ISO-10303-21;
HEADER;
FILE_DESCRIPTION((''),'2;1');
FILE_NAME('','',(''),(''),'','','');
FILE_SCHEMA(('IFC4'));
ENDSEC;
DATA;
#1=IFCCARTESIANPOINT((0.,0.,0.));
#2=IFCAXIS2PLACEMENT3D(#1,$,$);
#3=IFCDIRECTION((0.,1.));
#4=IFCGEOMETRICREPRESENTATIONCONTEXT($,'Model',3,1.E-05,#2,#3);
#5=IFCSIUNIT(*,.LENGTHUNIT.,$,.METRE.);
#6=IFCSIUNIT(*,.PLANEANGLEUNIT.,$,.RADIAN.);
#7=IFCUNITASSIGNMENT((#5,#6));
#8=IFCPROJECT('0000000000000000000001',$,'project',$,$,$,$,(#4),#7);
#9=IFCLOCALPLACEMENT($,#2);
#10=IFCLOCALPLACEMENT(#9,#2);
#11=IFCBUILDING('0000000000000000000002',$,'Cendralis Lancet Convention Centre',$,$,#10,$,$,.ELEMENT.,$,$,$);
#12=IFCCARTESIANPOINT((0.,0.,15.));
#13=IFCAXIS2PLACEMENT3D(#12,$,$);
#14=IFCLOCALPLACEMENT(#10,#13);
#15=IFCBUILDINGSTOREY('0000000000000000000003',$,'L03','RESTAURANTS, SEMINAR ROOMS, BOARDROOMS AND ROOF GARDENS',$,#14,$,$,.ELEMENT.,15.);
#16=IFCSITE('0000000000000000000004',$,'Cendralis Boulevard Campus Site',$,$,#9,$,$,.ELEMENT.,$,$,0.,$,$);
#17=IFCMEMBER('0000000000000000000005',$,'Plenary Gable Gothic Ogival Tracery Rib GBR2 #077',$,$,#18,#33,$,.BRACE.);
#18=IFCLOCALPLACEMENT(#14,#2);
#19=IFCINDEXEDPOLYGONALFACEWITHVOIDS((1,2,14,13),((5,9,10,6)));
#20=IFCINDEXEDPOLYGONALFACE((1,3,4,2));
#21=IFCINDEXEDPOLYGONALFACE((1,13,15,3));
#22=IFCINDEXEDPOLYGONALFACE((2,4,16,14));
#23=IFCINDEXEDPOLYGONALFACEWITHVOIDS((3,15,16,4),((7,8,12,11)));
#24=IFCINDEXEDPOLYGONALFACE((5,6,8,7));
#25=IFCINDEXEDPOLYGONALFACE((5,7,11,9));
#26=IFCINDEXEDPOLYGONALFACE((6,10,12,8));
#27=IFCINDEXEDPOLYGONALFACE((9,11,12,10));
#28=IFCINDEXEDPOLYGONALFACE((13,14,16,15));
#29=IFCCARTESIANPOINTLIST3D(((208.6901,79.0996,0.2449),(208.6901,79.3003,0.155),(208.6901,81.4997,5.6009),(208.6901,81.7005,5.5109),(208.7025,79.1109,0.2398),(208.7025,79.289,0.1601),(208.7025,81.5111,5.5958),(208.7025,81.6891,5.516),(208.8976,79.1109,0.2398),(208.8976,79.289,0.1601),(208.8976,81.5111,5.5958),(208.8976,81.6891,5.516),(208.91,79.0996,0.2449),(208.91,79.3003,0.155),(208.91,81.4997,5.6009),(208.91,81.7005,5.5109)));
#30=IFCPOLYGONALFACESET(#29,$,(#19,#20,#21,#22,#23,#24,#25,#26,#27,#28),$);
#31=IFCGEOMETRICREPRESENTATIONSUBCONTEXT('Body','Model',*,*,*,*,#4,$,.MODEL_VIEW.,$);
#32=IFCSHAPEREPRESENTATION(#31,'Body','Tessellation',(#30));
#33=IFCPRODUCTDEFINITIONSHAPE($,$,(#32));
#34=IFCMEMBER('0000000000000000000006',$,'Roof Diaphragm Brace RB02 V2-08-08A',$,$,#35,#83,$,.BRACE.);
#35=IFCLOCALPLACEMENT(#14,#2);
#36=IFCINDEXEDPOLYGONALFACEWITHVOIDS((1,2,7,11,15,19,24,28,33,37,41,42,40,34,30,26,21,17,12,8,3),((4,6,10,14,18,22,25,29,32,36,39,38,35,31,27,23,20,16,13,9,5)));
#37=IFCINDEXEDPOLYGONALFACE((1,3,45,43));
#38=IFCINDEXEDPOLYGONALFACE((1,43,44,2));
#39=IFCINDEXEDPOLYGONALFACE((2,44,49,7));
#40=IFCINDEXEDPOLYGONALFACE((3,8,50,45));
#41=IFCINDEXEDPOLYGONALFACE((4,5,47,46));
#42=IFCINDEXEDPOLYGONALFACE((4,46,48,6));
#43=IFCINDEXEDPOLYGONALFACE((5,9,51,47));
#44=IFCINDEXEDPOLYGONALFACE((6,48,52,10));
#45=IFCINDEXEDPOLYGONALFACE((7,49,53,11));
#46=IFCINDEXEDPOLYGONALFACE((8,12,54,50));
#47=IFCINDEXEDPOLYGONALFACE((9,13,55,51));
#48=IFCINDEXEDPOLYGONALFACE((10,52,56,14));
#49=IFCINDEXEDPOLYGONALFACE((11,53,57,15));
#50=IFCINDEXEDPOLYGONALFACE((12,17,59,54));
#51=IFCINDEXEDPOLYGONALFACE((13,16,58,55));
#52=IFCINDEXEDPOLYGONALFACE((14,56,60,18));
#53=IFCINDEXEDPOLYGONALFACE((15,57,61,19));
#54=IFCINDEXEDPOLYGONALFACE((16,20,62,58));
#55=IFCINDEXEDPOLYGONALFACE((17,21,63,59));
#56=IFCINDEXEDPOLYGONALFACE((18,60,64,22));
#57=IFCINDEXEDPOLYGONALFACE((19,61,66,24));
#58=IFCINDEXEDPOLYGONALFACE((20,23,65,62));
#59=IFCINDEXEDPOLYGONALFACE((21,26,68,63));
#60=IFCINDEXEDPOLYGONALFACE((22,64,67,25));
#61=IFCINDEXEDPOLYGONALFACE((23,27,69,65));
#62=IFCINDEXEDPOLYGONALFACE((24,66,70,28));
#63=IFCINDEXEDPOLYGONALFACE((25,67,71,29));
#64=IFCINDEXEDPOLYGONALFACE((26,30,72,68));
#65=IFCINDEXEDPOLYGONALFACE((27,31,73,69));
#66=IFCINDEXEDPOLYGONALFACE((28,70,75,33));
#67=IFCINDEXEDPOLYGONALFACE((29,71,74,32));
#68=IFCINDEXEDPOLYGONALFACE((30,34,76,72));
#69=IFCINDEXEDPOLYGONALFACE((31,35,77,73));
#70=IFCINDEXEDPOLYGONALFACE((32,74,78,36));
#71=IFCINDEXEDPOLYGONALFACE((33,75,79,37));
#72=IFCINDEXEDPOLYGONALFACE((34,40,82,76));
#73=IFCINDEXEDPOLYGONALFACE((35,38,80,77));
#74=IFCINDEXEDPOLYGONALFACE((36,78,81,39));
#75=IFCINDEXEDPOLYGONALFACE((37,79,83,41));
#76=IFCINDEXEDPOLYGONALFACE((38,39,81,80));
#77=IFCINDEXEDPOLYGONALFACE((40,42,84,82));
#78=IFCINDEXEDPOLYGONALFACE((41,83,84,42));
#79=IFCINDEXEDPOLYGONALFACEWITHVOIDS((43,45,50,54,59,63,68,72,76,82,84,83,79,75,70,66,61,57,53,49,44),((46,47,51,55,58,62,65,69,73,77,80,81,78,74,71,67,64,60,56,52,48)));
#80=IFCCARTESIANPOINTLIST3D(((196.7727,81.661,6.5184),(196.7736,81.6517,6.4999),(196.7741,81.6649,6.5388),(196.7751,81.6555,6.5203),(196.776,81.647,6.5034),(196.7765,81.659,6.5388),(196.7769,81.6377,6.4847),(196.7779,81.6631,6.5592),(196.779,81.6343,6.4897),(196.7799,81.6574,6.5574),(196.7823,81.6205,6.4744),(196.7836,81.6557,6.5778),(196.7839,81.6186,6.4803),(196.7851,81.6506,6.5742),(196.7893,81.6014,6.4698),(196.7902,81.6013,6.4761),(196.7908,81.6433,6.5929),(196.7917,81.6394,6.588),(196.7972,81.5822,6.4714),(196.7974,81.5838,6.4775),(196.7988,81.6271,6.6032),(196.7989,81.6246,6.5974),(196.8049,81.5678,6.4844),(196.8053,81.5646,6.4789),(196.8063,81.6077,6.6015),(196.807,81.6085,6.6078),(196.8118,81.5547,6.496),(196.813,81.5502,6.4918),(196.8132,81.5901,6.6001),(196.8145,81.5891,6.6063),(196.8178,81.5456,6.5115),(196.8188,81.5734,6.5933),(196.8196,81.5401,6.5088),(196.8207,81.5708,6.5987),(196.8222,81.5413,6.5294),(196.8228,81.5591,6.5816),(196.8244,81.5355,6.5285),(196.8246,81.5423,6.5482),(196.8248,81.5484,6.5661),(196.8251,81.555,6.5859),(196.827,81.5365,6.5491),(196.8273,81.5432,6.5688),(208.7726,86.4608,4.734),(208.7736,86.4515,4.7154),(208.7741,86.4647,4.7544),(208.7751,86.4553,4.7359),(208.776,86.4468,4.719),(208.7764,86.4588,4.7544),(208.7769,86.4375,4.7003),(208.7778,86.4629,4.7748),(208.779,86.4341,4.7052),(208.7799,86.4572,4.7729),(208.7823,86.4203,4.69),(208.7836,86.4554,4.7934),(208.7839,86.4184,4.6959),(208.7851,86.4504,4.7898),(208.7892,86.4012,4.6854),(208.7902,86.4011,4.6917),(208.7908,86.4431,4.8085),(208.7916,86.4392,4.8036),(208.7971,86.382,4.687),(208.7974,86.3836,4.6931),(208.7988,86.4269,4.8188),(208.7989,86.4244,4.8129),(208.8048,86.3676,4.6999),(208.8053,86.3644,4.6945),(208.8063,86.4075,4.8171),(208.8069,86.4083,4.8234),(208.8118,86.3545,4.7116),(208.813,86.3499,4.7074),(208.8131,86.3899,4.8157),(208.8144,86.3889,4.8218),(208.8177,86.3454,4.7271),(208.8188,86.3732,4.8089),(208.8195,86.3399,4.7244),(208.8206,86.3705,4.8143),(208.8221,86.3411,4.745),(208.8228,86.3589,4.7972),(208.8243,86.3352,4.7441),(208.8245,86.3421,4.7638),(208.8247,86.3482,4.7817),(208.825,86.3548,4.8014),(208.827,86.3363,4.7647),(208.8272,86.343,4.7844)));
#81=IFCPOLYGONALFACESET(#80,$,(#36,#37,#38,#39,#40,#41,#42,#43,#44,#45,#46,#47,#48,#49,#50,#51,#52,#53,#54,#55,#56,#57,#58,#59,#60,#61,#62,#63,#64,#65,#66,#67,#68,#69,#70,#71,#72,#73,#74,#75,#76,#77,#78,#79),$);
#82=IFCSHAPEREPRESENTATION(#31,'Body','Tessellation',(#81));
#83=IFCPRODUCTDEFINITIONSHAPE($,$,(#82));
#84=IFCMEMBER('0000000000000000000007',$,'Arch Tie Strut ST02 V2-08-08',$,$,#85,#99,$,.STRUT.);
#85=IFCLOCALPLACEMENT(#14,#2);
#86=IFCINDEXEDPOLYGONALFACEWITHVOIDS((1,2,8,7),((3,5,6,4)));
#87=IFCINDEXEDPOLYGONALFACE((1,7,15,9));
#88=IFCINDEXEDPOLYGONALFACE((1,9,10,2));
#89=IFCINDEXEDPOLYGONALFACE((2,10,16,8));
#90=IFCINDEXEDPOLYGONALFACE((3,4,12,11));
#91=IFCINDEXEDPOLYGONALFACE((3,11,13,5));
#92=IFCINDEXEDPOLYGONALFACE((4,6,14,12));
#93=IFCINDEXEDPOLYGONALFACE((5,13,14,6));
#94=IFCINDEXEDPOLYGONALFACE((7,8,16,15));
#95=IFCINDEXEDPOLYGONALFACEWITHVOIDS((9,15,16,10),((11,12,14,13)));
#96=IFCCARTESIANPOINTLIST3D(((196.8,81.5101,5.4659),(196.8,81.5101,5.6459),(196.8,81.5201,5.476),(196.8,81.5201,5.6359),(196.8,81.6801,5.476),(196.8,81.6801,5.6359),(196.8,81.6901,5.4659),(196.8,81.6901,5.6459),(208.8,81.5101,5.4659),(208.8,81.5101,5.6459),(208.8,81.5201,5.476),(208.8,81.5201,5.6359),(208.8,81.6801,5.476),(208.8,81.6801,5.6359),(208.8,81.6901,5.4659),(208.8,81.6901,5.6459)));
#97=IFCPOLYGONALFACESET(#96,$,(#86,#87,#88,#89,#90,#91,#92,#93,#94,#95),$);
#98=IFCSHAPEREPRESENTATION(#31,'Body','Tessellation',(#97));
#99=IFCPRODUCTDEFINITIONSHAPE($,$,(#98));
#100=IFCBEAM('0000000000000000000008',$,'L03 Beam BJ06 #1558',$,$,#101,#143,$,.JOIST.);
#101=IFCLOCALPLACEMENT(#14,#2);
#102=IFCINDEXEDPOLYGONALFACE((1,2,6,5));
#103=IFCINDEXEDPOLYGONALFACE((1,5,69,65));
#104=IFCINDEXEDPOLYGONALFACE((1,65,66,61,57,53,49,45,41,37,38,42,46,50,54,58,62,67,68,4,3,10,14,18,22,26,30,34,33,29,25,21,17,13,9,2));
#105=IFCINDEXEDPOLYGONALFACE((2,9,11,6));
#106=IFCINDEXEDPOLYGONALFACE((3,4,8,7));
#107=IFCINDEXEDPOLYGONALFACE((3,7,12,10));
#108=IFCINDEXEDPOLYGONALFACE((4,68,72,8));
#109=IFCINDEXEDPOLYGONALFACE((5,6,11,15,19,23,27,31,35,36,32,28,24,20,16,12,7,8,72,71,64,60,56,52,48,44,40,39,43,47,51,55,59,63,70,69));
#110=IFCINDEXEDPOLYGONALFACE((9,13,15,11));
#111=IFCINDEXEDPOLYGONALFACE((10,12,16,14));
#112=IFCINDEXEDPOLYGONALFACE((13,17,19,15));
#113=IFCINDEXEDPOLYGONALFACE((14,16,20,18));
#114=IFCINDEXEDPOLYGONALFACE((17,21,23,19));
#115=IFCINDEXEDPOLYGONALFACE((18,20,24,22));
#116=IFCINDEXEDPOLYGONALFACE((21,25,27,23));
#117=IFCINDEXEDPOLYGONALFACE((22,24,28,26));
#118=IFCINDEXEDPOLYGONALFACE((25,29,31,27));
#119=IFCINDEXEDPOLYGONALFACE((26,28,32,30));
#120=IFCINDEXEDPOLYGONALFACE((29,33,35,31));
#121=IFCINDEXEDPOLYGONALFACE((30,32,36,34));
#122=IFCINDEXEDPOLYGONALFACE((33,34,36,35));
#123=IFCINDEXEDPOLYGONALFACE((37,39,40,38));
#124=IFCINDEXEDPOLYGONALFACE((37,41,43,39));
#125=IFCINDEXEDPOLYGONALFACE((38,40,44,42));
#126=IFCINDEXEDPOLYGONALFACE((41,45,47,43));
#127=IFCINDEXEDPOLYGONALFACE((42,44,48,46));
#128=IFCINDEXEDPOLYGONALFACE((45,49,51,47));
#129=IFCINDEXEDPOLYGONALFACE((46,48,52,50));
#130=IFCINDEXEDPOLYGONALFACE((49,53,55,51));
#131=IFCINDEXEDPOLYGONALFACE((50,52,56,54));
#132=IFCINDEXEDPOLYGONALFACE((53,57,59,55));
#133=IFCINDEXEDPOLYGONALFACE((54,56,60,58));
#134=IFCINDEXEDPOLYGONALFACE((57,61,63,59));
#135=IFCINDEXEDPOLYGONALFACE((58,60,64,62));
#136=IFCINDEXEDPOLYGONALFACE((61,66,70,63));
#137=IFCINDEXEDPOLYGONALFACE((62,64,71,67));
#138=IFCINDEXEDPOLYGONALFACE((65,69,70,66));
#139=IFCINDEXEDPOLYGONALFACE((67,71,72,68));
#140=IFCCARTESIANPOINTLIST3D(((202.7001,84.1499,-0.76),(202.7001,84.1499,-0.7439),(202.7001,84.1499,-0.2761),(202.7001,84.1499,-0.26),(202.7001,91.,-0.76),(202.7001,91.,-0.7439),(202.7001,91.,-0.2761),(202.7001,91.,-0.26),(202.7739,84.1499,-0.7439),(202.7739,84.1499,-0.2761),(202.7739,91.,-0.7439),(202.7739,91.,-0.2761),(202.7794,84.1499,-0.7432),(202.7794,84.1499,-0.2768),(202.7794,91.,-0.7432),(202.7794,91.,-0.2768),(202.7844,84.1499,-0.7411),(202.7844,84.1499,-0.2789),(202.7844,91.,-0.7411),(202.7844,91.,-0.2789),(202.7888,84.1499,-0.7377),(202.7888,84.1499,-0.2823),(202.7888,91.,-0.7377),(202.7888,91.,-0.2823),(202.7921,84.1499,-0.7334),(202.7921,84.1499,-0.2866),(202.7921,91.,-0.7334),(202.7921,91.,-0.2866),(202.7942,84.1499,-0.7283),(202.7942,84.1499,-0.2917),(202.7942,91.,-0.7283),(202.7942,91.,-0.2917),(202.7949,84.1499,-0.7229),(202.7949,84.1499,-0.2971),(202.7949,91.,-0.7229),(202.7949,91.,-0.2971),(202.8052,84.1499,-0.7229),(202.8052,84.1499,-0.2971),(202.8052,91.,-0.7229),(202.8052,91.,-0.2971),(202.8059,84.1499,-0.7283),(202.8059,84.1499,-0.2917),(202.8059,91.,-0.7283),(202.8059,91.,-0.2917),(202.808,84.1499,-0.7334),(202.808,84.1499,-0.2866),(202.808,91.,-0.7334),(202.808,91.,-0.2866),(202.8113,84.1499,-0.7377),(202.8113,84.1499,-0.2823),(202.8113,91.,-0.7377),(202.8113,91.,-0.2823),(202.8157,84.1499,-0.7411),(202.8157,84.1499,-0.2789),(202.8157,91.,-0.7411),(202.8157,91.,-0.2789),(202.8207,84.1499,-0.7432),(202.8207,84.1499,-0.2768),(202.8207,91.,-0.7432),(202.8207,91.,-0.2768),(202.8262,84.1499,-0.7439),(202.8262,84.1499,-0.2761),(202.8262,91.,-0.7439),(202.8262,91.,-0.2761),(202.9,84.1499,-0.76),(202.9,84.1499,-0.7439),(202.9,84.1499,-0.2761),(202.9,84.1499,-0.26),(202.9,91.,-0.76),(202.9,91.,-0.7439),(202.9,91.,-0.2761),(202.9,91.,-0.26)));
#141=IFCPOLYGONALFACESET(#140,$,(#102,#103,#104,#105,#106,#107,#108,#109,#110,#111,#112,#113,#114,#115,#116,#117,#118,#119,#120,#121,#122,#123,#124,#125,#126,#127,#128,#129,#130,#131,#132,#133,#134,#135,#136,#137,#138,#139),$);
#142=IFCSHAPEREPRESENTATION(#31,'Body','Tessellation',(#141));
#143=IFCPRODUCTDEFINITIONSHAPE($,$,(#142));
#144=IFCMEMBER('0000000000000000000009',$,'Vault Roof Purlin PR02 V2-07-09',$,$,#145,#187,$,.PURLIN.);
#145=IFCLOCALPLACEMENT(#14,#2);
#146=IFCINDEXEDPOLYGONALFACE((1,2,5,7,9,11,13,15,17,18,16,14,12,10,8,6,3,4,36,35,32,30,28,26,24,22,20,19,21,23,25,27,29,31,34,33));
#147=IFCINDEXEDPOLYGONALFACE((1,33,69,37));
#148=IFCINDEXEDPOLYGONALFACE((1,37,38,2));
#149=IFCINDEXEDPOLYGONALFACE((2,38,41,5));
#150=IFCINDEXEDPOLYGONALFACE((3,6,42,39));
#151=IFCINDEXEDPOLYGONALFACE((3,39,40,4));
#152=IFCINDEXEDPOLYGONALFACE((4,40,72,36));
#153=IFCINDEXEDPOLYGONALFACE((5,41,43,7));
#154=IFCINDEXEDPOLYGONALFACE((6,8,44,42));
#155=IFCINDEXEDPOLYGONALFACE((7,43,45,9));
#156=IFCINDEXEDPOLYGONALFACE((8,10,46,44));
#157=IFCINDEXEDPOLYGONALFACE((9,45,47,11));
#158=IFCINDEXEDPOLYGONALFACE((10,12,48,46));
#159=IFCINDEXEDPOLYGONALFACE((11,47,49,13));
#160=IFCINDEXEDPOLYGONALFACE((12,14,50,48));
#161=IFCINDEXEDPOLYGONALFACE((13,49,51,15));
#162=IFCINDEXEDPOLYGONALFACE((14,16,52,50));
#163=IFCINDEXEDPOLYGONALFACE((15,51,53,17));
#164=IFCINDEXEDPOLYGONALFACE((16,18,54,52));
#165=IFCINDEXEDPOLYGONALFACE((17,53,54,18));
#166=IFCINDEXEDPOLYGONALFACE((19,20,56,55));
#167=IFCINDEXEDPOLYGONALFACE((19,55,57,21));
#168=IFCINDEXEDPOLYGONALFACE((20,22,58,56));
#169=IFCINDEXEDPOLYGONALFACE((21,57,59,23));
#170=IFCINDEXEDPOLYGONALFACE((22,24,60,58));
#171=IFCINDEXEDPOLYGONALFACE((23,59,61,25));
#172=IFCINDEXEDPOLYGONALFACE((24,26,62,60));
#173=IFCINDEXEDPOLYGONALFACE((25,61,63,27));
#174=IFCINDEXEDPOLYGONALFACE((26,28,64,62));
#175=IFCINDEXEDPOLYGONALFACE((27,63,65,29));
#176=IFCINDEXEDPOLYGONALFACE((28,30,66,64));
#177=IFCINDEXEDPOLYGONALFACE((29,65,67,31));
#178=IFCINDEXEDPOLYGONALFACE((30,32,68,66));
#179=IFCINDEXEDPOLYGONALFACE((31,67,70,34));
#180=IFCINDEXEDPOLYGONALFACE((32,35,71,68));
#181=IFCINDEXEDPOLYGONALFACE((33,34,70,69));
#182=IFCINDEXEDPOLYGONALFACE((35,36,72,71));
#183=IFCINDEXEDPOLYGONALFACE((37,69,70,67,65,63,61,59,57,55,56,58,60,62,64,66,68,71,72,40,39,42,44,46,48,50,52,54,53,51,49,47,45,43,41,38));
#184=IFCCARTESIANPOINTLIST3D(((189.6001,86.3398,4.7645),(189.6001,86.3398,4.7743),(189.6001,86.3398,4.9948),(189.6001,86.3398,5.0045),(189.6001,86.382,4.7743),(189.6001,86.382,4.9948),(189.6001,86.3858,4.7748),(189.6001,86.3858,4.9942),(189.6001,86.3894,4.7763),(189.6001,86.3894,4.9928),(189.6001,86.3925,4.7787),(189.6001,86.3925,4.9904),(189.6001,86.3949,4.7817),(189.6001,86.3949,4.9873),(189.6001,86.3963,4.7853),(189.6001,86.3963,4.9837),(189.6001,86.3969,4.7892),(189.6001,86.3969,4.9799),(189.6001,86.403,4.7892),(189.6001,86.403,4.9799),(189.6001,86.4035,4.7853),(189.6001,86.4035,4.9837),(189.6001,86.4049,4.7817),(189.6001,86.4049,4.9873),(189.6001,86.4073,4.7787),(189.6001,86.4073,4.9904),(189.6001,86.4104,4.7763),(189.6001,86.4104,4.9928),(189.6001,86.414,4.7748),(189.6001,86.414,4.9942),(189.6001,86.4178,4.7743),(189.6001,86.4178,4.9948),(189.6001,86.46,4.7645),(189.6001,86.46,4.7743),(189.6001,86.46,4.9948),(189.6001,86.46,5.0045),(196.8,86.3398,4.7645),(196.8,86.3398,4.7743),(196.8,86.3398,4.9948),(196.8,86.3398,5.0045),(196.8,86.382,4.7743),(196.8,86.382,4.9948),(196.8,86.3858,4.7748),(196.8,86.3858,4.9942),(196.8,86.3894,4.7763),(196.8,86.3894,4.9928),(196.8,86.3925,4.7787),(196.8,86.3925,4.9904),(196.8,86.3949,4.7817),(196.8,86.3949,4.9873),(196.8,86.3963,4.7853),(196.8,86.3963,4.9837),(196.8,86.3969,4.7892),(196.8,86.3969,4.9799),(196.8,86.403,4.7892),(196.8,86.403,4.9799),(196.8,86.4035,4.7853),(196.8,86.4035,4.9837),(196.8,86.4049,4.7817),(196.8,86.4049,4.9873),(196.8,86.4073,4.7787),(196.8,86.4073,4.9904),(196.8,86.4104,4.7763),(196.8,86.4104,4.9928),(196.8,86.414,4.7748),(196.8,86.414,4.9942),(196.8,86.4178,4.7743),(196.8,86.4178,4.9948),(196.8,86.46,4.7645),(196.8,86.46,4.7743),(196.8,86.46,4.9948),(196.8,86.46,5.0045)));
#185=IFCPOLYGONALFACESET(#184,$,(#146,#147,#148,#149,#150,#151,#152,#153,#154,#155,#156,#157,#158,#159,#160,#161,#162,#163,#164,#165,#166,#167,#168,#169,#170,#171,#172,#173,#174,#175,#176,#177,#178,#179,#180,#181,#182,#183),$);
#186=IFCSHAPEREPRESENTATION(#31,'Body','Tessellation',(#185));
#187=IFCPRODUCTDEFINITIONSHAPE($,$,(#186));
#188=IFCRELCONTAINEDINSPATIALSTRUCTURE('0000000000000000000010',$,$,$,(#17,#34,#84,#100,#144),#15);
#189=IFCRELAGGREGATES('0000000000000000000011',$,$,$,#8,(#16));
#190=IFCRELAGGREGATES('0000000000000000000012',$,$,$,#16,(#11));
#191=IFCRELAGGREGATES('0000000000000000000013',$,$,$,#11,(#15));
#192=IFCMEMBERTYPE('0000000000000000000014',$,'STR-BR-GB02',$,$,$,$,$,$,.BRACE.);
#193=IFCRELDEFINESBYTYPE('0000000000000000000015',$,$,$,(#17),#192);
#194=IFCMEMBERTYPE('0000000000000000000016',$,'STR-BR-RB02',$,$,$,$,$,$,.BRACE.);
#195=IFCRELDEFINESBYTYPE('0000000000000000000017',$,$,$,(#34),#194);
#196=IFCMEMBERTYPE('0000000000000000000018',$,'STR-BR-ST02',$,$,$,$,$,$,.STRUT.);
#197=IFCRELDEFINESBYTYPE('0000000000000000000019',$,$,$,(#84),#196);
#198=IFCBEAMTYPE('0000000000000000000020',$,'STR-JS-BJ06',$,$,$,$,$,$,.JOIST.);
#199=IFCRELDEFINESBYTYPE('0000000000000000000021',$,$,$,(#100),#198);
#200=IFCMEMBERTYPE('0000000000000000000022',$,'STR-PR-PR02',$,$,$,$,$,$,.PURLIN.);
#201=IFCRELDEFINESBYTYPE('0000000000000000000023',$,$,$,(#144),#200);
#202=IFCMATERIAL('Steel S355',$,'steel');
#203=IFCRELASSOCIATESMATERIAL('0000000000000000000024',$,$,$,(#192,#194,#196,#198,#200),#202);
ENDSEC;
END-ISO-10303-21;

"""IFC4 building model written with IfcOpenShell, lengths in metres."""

from ifc_helpers import new_model, si_unit, direction, frame, origin, origin_2d, place, context, subcontext, project, spatial, hollow_rectangle, hollow_circle, i_section, extrude, material, material_profile, profile_set, type_object, element, save


model = new_model("IFC4")

# Units and contexts
model_context = context("Model", 3, precision=1e-05, world=origin(), true_north=direction((0.0, 1.0)))
body_context = subcontext(model_context, "Body", "Model", "MODEL_VIEW")
ifc_project = project(units=[si_unit("LENGTHUNIT", "METRE"), si_unit("PLANEANGLEUNIT", "RADIAN")], contexts=[model_context])

# Site, building, storey
site_placement = place(None, origin())
site = spatial("IfcSite", under=ifc_project, at=site_placement, Name="Cendralis Boulevard Campus Site", CompositionType="ELEMENT", RefElevation=0.0)
building_placement = place(site_placement, origin())
building = spatial("IfcBuilding", under=site, at=building_placement, Name="Cendralis Lancet Convention Centre", CompositionType="ELEMENT")
storey_placement = place(building_placement, frame((0.0, 0.0, 15.0)))
storey = spatial("IfcBuildingStorey", under=building, at=storey_placement, Name="L03", Description="RESTAURANTS, SEMINAR ROOMS, BOARDROOMS AND ROOF GARDENS", CompositionType="ELEMENT", Elevation=15.0)

# Shared definitions
ifc_material_1 = material(Name="Steel S355", Category="steel")

# Members
ifc_material_profile_1 = material_profile(ifc_material_1, hollow_rectangle(XDim=0.22, YDim=0.22, WallThickness=0.0125, at=origin_2d()), Name="SHS 220x220x12.5")
ifc_profile_set_1 = profile_set([ifc_material_profile_1], Name="Steel S355")
member_type_1 = type_object("IfcMemberType", Name="STR-BR-GB02", PredefinedType="BRACE", material=ifc_profile_set_1)
member_1_placement = place(storey_placement, frame((208.8, 79.2, 0.2), z_axis=(0.0, 0.408942, 0.91256), x_axis=(-1.0, 0.0, 0.0)))
element("IfcMember", 1, at=member_1_placement, inside=storey, type_object=member_type_1, Name="Plenary Gable Gothic Ogival Tracery Rib GBR2 #077", PredefinedType="BRACE", context=body_context, shape_type="SweptSolid", body=[
    extrude(hollow_rectangle(XDim=0.22, YDim=0.22, WallThickness=0.0125, at=origin_2d()), origin(), (0.0, 0.0, 1.0), 5.8691),
])
ifc_material_profile_2 = material_profile(ifc_material_1, hollow_circle(Radius=0.0698, WallThickness=0.0063, at=origin_2d()), Name="CHS 139.7x6.3")
ifc_profile_set_2 = profile_set([ifc_material_profile_2], Name="Steel S355")
member_type_2 = type_object("IfcMemberType", Name="STR-BR-RB02", PredefinedType="BRACE", material=ifc_profile_set_2)
member_2_placement = place(storey_placement, frame((196.8, 81.6001, 6.5388), z_axis=(0.919757, 0.367888, -0.13677), x_axis=(-0.371378, 0.928482, 0.0)))
element("IfcMember", 2, at=member_2_placement, inside=storey, type_object=member_type_2, Name="Roof Diaphragm Brace RB02 V2-08-08A", PredefinedType="BRACE", context=body_context, shape_type="SweptSolid", body=[
    extrude(hollow_circle(Radius=0.0698, WallThickness=0.0063, at=origin_2d()), origin(), (0.0, 0.0, 1.0), 13.0469),
])
ifc_material_profile_3 = material_profile(ifc_material_1, hollow_rectangle(XDim=0.1799, YDim=0.1799, WallThickness=0.01, at=origin_2d()), Name="SHS 180x180x10.0")
ifc_profile_set_3 = profile_set([ifc_material_profile_3], Name="Steel S355")
member_type_3 = type_object("IfcMemberType", Name="STR-BR-ST02", PredefinedType="STRUT", material=ifc_profile_set_3)
member_3_placement = place(storey_placement, frame((196.8, 81.6001, 5.5559), z_axis=(1.0, 0.0, 0.0), x_axis=(0.0, 1.0, 0.0)))
element("IfcMember", 3, at=member_3_placement, inside=storey, type_object=member_type_3, Name="Arch Tie Strut ST02 V2-08-08", PredefinedType="STRUT", context=body_context, shape_type="SweptSolid", body=[
    extrude(hollow_rectangle(XDim=0.1799, YDim=0.1799, WallThickness=0.01, at=origin_2d()), origin(), (0.0, 0.0, 1.0), 12.0),
])

# Beam
ifc_material_profile_4 = material_profile(ifc_material_1, i_section(OverallWidth=0.2, OverallDepth=0.5, WebThickness=0.0103, FlangeThickness=0.0161, FilletRadius=0.021, at=origin_2d()), Name="IPE 500")
ifc_profile_set_4 = profile_set([ifc_material_profile_4], Name="Steel S355")
beam_type_1 = type_object("IfcBeamType", Name="STR-JS-BJ06", PredefinedType="JOIST", material=ifc_profile_set_4)
beam_1_placement = place(storey_placement, frame((202.8, 84.1499, -0.51), z_axis=(0.0, 1.0, 0.0), x_axis=(-1.0, 0.0, 0.0)))
element("IfcBeam", 4, at=beam_1_placement, inside=storey, type_object=beam_type_1, Name="L03 Beam BJ06 #1558", PredefinedType="JOIST", context=body_context, shape_type="SweptSolid", body=[
    extrude(i_section(OverallWidth=0.2, OverallDepth=0.5, WebThickness=0.0103, FlangeThickness=0.0161, FilletRadius=0.021, at=origin_2d()), origin(), (0.0, 0.0, 1.0), 6.8501),
])

# Member
ifc_material_profile_5 = material_profile(ifc_material_1, i_section(OverallWidth=0.1201, OverallDepth=0.24, WebThickness=0.0061, FlangeThickness=0.0098, FilletRadius=0.0149, at=origin_2d()), Name="IPE 240")
ifc_profile_set_5 = profile_set([ifc_material_profile_5], Name="Steel S355")
member_type_4 = type_object("IfcMemberType", Name="STR-PR-PR02", PredefinedType="PURLIN", material=ifc_profile_set_5)
member_4_placement = place(storey_placement, frame((189.6001, 86.3999, 4.8845), z_axis=(1.0, 0.0, 0.0), x_axis=(0.0, 1.0, 0.0)))
element("IfcMember", 5, at=member_4_placement, inside=storey, type_object=member_type_4, Name="Vault Roof Purlin PR02 V2-07-09", PredefinedType="PURLIN", context=body_context, shape_type="SweptSolid", body=[
    extrude(i_section(OverallWidth=0.1201, OverallDepth=0.24, WebThickness=0.0061, FlangeThickness=0.0098, FilletRadius=0.0149, at=origin_2d()), origin(), (0.0, 0.0, 1.0), 7.2),
])

save(model, "model.ifc")
